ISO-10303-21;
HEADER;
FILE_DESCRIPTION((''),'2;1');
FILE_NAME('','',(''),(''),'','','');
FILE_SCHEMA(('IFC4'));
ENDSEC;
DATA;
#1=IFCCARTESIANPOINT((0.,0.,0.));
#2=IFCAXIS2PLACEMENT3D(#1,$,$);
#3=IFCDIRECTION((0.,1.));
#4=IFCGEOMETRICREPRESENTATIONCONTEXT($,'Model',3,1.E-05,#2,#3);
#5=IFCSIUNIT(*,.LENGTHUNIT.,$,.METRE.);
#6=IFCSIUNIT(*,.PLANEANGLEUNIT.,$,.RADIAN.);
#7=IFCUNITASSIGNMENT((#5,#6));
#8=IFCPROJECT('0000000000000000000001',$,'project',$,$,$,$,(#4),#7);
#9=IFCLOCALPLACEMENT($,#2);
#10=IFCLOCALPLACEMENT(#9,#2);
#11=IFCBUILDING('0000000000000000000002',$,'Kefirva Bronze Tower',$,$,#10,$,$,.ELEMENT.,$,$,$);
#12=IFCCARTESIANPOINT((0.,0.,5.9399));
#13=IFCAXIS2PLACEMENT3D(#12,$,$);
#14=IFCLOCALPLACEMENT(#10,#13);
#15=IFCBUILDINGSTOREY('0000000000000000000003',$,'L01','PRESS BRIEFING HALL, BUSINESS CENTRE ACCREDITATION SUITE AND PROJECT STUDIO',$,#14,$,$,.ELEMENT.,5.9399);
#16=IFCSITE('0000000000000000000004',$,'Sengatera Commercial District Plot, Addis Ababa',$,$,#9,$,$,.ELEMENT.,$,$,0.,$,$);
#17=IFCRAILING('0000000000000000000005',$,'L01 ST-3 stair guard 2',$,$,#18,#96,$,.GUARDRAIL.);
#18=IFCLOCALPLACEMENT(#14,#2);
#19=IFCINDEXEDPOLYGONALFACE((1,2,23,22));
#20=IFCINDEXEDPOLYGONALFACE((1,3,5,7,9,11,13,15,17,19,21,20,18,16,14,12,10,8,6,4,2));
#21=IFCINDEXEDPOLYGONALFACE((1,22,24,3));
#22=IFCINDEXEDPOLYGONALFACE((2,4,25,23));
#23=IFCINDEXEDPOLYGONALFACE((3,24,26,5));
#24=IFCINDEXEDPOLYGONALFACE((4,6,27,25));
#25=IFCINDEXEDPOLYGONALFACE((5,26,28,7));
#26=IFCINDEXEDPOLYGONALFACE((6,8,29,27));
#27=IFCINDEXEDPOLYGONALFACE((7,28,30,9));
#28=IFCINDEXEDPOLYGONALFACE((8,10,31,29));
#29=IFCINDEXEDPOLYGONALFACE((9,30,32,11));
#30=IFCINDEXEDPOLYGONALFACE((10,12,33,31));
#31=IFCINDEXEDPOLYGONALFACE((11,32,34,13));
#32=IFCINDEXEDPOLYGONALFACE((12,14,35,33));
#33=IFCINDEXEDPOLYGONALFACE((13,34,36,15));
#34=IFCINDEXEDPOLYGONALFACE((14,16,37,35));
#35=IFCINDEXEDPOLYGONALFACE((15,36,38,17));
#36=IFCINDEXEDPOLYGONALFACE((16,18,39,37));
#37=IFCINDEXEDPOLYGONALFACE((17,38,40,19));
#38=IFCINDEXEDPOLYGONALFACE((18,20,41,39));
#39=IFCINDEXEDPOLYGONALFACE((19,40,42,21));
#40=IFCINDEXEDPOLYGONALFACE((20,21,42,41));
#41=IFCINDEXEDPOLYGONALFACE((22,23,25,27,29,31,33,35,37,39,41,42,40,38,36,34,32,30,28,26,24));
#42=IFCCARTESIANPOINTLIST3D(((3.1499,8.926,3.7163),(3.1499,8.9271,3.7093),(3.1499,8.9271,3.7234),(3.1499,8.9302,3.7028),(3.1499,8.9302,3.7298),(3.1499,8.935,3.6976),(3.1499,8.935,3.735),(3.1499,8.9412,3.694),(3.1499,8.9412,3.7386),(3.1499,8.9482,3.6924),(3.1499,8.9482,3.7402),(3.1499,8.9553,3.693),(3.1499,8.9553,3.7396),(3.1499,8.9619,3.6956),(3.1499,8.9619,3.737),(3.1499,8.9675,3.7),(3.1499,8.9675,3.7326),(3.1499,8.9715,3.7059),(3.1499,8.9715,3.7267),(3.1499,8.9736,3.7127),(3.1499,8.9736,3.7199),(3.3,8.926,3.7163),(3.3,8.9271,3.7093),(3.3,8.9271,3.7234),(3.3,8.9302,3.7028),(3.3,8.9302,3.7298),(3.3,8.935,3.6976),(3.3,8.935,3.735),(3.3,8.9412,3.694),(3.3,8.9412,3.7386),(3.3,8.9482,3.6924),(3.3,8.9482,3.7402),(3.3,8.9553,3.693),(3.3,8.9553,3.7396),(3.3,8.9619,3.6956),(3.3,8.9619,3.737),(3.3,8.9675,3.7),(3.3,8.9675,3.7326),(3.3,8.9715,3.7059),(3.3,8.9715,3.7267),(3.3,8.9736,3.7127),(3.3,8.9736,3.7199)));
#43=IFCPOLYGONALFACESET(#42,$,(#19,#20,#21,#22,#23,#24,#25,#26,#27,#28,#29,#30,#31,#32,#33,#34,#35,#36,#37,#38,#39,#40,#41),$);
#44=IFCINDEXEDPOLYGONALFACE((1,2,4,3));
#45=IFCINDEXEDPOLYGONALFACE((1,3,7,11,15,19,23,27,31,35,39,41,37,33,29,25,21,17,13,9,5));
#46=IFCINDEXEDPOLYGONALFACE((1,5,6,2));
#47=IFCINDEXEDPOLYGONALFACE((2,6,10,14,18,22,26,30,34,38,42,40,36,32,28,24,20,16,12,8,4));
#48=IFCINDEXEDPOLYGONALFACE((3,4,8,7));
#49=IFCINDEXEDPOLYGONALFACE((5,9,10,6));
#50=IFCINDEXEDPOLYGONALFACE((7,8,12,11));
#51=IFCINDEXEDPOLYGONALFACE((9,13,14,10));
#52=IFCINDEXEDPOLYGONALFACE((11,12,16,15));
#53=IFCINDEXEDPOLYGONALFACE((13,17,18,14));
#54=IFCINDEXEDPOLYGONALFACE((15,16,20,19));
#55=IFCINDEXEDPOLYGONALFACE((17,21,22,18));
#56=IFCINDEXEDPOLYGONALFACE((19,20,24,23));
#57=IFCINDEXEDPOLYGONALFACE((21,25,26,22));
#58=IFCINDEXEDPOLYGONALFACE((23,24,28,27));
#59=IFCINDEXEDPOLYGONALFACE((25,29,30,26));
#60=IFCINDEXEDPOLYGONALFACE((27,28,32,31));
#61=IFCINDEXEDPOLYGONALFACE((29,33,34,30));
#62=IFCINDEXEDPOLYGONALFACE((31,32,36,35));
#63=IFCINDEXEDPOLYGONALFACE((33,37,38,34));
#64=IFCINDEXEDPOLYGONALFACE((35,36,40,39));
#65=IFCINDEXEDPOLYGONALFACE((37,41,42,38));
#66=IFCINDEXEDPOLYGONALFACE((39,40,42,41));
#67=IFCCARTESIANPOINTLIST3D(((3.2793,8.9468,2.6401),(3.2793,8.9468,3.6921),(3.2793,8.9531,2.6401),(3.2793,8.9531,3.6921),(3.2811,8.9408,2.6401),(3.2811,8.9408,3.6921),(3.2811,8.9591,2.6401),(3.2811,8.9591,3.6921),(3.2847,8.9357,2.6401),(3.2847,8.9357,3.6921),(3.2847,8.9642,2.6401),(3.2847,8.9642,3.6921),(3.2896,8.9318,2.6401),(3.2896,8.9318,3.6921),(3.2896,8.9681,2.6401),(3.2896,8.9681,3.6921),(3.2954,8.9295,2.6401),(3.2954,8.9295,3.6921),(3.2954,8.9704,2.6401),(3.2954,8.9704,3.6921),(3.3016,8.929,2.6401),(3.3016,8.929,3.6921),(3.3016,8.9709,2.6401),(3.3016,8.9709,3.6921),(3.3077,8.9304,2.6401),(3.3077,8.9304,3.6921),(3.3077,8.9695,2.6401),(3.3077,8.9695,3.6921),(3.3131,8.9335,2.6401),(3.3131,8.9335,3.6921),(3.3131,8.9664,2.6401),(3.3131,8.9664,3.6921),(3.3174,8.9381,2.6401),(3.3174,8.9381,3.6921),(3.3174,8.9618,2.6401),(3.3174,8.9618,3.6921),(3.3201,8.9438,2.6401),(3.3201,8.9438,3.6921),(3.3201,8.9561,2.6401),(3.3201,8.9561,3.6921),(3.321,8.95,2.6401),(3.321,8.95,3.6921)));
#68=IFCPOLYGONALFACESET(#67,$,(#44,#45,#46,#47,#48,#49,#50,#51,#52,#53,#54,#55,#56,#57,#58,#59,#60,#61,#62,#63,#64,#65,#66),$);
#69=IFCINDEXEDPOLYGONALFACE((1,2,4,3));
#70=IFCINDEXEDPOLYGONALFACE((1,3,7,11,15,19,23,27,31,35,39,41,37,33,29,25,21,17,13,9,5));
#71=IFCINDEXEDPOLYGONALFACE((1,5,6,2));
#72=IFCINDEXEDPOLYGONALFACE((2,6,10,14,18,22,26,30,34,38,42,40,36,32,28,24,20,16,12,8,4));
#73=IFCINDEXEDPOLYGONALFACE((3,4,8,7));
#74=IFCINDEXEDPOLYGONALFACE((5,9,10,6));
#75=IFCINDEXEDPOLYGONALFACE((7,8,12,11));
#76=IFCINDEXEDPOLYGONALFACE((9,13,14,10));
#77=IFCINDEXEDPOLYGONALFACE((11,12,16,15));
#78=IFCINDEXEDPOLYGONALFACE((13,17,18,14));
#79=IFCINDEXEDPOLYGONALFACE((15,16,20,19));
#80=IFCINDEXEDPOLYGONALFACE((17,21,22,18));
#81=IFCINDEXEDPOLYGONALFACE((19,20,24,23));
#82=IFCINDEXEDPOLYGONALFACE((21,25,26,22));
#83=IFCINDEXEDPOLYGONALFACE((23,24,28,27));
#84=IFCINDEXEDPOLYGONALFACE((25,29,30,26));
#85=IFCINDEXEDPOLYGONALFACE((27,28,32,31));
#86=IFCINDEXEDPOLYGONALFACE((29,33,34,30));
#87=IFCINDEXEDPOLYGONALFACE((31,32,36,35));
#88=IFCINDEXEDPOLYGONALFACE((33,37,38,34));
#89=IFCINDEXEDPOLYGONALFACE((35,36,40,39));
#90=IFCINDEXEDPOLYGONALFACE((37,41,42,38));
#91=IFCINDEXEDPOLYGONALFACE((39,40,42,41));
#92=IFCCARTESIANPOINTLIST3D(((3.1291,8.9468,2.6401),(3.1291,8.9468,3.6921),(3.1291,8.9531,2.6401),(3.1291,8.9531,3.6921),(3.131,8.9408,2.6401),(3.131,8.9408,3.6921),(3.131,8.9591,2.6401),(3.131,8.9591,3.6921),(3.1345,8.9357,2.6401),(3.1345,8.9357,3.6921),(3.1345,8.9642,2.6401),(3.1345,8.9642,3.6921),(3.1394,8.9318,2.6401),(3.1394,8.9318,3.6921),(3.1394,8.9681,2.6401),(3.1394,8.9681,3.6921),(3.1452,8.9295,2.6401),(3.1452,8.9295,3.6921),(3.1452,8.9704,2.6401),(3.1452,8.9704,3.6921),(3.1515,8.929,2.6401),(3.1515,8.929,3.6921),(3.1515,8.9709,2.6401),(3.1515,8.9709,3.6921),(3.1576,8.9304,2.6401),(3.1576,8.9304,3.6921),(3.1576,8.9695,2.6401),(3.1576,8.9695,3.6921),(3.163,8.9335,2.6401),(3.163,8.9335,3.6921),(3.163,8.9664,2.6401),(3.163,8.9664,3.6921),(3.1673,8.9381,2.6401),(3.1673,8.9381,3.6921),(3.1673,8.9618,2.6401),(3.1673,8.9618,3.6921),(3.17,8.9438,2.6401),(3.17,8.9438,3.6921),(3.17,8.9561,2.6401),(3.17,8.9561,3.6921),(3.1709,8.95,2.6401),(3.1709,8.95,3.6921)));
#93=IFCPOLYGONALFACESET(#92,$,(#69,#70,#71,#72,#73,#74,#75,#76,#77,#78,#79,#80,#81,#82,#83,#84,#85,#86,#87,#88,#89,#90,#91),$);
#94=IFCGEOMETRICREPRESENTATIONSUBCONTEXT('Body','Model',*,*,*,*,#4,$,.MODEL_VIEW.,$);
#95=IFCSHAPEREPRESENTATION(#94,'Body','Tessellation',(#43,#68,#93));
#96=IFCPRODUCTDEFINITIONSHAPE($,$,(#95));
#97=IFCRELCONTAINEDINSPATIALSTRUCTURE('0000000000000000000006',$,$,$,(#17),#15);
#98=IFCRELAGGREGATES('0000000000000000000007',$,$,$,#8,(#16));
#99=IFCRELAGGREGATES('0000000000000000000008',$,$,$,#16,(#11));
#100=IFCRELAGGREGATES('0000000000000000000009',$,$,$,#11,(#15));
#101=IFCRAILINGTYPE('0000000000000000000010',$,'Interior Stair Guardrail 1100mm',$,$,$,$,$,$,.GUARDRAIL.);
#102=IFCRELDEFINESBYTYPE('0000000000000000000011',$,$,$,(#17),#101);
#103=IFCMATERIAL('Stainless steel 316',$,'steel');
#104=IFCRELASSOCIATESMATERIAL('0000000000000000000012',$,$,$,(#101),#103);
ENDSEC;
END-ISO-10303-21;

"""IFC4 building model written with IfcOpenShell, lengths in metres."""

from ifc_helpers import new_model, si_unit, direction, frame, origin, origin_2d, place, context, subcontext, project, spatial, circle, extrude, material, type_object, element, save


model = new_model("IFC4")

# Units and contexts
model_context = context("Model", 3, precision=1e-05, world=origin(), true_north=direction((0.0, 1.0)))
body_context = subcontext(model_context, "Body", "Model", "MODEL_VIEW")
ifc_project = project(units=[si_unit("LENGTHUNIT", "METRE"), si_unit("PLANEANGLEUNIT", "RADIAN")], contexts=[model_context])

# Site, building, storey
site_placement = place(None, origin())
site = spatial("IfcSite", under=ifc_project, at=site_placement, Name="Sengatera Commercial District Plot, Addis Ababa", CompositionType="ELEMENT", RefElevation=0.0)
building_placement = place(site_placement, origin())
building = spatial("IfcBuilding", under=site, at=building_placement, Name="Kefirva Bronze Tower", CompositionType="ELEMENT")
storey_placement = place(building_placement, frame((0.0, 0.0, 5.9399)))
storey = spatial("IfcBuildingStorey", under=building, at=storey_placement, Name="L01", Description="PRESS BRIEFING HALL, BUSINESS CENTRE ACCREDITATION SUITE AND PROJECT STUDIO", CompositionType="ELEMENT", Elevation=5.9399)

# Railing
ifc_material_1 = material(Name="Stainless steel 316", Category="steel")
railing_type_1 = type_object("IfcRailingType", Name="Interior Stair Guardrail 1100mm", PredefinedType="GUARDRAIL", material=ifc_material_1)
railing_1_placement = place(storey_placement, frame((3.3, 8.95, 2.6401)))
element("IfcRailing", 1, at=railing_1_placement, inside=storey, type_object=railing_type_1, Name="L01 ST-3 stair guard 2", PredefinedType="GUARDRAIL", context=body_context, shape_type="SweptSolid", body=[
    extrude(circle(Radius=0.0239, at=origin_2d()), frame((0.0, 0.0, 1.0762), z_axis=(-1.0, 0.0, 0.0), x_axis=(0.0, -1.0, 0.0)), (0.0, 0.0, 1.0), 0.1501),
    extrude(circle(Radius=0.021, at=origin_2d()), origin(), (0.0, 0.0, 1.0), 1.052),
    extrude(circle(Radius=0.021, at=origin_2d()), frame((-0.1501, 0.0, 0.0)), (0.0, 0.0, 1.0), 1.052),
])

save(model, "model.ifc")
